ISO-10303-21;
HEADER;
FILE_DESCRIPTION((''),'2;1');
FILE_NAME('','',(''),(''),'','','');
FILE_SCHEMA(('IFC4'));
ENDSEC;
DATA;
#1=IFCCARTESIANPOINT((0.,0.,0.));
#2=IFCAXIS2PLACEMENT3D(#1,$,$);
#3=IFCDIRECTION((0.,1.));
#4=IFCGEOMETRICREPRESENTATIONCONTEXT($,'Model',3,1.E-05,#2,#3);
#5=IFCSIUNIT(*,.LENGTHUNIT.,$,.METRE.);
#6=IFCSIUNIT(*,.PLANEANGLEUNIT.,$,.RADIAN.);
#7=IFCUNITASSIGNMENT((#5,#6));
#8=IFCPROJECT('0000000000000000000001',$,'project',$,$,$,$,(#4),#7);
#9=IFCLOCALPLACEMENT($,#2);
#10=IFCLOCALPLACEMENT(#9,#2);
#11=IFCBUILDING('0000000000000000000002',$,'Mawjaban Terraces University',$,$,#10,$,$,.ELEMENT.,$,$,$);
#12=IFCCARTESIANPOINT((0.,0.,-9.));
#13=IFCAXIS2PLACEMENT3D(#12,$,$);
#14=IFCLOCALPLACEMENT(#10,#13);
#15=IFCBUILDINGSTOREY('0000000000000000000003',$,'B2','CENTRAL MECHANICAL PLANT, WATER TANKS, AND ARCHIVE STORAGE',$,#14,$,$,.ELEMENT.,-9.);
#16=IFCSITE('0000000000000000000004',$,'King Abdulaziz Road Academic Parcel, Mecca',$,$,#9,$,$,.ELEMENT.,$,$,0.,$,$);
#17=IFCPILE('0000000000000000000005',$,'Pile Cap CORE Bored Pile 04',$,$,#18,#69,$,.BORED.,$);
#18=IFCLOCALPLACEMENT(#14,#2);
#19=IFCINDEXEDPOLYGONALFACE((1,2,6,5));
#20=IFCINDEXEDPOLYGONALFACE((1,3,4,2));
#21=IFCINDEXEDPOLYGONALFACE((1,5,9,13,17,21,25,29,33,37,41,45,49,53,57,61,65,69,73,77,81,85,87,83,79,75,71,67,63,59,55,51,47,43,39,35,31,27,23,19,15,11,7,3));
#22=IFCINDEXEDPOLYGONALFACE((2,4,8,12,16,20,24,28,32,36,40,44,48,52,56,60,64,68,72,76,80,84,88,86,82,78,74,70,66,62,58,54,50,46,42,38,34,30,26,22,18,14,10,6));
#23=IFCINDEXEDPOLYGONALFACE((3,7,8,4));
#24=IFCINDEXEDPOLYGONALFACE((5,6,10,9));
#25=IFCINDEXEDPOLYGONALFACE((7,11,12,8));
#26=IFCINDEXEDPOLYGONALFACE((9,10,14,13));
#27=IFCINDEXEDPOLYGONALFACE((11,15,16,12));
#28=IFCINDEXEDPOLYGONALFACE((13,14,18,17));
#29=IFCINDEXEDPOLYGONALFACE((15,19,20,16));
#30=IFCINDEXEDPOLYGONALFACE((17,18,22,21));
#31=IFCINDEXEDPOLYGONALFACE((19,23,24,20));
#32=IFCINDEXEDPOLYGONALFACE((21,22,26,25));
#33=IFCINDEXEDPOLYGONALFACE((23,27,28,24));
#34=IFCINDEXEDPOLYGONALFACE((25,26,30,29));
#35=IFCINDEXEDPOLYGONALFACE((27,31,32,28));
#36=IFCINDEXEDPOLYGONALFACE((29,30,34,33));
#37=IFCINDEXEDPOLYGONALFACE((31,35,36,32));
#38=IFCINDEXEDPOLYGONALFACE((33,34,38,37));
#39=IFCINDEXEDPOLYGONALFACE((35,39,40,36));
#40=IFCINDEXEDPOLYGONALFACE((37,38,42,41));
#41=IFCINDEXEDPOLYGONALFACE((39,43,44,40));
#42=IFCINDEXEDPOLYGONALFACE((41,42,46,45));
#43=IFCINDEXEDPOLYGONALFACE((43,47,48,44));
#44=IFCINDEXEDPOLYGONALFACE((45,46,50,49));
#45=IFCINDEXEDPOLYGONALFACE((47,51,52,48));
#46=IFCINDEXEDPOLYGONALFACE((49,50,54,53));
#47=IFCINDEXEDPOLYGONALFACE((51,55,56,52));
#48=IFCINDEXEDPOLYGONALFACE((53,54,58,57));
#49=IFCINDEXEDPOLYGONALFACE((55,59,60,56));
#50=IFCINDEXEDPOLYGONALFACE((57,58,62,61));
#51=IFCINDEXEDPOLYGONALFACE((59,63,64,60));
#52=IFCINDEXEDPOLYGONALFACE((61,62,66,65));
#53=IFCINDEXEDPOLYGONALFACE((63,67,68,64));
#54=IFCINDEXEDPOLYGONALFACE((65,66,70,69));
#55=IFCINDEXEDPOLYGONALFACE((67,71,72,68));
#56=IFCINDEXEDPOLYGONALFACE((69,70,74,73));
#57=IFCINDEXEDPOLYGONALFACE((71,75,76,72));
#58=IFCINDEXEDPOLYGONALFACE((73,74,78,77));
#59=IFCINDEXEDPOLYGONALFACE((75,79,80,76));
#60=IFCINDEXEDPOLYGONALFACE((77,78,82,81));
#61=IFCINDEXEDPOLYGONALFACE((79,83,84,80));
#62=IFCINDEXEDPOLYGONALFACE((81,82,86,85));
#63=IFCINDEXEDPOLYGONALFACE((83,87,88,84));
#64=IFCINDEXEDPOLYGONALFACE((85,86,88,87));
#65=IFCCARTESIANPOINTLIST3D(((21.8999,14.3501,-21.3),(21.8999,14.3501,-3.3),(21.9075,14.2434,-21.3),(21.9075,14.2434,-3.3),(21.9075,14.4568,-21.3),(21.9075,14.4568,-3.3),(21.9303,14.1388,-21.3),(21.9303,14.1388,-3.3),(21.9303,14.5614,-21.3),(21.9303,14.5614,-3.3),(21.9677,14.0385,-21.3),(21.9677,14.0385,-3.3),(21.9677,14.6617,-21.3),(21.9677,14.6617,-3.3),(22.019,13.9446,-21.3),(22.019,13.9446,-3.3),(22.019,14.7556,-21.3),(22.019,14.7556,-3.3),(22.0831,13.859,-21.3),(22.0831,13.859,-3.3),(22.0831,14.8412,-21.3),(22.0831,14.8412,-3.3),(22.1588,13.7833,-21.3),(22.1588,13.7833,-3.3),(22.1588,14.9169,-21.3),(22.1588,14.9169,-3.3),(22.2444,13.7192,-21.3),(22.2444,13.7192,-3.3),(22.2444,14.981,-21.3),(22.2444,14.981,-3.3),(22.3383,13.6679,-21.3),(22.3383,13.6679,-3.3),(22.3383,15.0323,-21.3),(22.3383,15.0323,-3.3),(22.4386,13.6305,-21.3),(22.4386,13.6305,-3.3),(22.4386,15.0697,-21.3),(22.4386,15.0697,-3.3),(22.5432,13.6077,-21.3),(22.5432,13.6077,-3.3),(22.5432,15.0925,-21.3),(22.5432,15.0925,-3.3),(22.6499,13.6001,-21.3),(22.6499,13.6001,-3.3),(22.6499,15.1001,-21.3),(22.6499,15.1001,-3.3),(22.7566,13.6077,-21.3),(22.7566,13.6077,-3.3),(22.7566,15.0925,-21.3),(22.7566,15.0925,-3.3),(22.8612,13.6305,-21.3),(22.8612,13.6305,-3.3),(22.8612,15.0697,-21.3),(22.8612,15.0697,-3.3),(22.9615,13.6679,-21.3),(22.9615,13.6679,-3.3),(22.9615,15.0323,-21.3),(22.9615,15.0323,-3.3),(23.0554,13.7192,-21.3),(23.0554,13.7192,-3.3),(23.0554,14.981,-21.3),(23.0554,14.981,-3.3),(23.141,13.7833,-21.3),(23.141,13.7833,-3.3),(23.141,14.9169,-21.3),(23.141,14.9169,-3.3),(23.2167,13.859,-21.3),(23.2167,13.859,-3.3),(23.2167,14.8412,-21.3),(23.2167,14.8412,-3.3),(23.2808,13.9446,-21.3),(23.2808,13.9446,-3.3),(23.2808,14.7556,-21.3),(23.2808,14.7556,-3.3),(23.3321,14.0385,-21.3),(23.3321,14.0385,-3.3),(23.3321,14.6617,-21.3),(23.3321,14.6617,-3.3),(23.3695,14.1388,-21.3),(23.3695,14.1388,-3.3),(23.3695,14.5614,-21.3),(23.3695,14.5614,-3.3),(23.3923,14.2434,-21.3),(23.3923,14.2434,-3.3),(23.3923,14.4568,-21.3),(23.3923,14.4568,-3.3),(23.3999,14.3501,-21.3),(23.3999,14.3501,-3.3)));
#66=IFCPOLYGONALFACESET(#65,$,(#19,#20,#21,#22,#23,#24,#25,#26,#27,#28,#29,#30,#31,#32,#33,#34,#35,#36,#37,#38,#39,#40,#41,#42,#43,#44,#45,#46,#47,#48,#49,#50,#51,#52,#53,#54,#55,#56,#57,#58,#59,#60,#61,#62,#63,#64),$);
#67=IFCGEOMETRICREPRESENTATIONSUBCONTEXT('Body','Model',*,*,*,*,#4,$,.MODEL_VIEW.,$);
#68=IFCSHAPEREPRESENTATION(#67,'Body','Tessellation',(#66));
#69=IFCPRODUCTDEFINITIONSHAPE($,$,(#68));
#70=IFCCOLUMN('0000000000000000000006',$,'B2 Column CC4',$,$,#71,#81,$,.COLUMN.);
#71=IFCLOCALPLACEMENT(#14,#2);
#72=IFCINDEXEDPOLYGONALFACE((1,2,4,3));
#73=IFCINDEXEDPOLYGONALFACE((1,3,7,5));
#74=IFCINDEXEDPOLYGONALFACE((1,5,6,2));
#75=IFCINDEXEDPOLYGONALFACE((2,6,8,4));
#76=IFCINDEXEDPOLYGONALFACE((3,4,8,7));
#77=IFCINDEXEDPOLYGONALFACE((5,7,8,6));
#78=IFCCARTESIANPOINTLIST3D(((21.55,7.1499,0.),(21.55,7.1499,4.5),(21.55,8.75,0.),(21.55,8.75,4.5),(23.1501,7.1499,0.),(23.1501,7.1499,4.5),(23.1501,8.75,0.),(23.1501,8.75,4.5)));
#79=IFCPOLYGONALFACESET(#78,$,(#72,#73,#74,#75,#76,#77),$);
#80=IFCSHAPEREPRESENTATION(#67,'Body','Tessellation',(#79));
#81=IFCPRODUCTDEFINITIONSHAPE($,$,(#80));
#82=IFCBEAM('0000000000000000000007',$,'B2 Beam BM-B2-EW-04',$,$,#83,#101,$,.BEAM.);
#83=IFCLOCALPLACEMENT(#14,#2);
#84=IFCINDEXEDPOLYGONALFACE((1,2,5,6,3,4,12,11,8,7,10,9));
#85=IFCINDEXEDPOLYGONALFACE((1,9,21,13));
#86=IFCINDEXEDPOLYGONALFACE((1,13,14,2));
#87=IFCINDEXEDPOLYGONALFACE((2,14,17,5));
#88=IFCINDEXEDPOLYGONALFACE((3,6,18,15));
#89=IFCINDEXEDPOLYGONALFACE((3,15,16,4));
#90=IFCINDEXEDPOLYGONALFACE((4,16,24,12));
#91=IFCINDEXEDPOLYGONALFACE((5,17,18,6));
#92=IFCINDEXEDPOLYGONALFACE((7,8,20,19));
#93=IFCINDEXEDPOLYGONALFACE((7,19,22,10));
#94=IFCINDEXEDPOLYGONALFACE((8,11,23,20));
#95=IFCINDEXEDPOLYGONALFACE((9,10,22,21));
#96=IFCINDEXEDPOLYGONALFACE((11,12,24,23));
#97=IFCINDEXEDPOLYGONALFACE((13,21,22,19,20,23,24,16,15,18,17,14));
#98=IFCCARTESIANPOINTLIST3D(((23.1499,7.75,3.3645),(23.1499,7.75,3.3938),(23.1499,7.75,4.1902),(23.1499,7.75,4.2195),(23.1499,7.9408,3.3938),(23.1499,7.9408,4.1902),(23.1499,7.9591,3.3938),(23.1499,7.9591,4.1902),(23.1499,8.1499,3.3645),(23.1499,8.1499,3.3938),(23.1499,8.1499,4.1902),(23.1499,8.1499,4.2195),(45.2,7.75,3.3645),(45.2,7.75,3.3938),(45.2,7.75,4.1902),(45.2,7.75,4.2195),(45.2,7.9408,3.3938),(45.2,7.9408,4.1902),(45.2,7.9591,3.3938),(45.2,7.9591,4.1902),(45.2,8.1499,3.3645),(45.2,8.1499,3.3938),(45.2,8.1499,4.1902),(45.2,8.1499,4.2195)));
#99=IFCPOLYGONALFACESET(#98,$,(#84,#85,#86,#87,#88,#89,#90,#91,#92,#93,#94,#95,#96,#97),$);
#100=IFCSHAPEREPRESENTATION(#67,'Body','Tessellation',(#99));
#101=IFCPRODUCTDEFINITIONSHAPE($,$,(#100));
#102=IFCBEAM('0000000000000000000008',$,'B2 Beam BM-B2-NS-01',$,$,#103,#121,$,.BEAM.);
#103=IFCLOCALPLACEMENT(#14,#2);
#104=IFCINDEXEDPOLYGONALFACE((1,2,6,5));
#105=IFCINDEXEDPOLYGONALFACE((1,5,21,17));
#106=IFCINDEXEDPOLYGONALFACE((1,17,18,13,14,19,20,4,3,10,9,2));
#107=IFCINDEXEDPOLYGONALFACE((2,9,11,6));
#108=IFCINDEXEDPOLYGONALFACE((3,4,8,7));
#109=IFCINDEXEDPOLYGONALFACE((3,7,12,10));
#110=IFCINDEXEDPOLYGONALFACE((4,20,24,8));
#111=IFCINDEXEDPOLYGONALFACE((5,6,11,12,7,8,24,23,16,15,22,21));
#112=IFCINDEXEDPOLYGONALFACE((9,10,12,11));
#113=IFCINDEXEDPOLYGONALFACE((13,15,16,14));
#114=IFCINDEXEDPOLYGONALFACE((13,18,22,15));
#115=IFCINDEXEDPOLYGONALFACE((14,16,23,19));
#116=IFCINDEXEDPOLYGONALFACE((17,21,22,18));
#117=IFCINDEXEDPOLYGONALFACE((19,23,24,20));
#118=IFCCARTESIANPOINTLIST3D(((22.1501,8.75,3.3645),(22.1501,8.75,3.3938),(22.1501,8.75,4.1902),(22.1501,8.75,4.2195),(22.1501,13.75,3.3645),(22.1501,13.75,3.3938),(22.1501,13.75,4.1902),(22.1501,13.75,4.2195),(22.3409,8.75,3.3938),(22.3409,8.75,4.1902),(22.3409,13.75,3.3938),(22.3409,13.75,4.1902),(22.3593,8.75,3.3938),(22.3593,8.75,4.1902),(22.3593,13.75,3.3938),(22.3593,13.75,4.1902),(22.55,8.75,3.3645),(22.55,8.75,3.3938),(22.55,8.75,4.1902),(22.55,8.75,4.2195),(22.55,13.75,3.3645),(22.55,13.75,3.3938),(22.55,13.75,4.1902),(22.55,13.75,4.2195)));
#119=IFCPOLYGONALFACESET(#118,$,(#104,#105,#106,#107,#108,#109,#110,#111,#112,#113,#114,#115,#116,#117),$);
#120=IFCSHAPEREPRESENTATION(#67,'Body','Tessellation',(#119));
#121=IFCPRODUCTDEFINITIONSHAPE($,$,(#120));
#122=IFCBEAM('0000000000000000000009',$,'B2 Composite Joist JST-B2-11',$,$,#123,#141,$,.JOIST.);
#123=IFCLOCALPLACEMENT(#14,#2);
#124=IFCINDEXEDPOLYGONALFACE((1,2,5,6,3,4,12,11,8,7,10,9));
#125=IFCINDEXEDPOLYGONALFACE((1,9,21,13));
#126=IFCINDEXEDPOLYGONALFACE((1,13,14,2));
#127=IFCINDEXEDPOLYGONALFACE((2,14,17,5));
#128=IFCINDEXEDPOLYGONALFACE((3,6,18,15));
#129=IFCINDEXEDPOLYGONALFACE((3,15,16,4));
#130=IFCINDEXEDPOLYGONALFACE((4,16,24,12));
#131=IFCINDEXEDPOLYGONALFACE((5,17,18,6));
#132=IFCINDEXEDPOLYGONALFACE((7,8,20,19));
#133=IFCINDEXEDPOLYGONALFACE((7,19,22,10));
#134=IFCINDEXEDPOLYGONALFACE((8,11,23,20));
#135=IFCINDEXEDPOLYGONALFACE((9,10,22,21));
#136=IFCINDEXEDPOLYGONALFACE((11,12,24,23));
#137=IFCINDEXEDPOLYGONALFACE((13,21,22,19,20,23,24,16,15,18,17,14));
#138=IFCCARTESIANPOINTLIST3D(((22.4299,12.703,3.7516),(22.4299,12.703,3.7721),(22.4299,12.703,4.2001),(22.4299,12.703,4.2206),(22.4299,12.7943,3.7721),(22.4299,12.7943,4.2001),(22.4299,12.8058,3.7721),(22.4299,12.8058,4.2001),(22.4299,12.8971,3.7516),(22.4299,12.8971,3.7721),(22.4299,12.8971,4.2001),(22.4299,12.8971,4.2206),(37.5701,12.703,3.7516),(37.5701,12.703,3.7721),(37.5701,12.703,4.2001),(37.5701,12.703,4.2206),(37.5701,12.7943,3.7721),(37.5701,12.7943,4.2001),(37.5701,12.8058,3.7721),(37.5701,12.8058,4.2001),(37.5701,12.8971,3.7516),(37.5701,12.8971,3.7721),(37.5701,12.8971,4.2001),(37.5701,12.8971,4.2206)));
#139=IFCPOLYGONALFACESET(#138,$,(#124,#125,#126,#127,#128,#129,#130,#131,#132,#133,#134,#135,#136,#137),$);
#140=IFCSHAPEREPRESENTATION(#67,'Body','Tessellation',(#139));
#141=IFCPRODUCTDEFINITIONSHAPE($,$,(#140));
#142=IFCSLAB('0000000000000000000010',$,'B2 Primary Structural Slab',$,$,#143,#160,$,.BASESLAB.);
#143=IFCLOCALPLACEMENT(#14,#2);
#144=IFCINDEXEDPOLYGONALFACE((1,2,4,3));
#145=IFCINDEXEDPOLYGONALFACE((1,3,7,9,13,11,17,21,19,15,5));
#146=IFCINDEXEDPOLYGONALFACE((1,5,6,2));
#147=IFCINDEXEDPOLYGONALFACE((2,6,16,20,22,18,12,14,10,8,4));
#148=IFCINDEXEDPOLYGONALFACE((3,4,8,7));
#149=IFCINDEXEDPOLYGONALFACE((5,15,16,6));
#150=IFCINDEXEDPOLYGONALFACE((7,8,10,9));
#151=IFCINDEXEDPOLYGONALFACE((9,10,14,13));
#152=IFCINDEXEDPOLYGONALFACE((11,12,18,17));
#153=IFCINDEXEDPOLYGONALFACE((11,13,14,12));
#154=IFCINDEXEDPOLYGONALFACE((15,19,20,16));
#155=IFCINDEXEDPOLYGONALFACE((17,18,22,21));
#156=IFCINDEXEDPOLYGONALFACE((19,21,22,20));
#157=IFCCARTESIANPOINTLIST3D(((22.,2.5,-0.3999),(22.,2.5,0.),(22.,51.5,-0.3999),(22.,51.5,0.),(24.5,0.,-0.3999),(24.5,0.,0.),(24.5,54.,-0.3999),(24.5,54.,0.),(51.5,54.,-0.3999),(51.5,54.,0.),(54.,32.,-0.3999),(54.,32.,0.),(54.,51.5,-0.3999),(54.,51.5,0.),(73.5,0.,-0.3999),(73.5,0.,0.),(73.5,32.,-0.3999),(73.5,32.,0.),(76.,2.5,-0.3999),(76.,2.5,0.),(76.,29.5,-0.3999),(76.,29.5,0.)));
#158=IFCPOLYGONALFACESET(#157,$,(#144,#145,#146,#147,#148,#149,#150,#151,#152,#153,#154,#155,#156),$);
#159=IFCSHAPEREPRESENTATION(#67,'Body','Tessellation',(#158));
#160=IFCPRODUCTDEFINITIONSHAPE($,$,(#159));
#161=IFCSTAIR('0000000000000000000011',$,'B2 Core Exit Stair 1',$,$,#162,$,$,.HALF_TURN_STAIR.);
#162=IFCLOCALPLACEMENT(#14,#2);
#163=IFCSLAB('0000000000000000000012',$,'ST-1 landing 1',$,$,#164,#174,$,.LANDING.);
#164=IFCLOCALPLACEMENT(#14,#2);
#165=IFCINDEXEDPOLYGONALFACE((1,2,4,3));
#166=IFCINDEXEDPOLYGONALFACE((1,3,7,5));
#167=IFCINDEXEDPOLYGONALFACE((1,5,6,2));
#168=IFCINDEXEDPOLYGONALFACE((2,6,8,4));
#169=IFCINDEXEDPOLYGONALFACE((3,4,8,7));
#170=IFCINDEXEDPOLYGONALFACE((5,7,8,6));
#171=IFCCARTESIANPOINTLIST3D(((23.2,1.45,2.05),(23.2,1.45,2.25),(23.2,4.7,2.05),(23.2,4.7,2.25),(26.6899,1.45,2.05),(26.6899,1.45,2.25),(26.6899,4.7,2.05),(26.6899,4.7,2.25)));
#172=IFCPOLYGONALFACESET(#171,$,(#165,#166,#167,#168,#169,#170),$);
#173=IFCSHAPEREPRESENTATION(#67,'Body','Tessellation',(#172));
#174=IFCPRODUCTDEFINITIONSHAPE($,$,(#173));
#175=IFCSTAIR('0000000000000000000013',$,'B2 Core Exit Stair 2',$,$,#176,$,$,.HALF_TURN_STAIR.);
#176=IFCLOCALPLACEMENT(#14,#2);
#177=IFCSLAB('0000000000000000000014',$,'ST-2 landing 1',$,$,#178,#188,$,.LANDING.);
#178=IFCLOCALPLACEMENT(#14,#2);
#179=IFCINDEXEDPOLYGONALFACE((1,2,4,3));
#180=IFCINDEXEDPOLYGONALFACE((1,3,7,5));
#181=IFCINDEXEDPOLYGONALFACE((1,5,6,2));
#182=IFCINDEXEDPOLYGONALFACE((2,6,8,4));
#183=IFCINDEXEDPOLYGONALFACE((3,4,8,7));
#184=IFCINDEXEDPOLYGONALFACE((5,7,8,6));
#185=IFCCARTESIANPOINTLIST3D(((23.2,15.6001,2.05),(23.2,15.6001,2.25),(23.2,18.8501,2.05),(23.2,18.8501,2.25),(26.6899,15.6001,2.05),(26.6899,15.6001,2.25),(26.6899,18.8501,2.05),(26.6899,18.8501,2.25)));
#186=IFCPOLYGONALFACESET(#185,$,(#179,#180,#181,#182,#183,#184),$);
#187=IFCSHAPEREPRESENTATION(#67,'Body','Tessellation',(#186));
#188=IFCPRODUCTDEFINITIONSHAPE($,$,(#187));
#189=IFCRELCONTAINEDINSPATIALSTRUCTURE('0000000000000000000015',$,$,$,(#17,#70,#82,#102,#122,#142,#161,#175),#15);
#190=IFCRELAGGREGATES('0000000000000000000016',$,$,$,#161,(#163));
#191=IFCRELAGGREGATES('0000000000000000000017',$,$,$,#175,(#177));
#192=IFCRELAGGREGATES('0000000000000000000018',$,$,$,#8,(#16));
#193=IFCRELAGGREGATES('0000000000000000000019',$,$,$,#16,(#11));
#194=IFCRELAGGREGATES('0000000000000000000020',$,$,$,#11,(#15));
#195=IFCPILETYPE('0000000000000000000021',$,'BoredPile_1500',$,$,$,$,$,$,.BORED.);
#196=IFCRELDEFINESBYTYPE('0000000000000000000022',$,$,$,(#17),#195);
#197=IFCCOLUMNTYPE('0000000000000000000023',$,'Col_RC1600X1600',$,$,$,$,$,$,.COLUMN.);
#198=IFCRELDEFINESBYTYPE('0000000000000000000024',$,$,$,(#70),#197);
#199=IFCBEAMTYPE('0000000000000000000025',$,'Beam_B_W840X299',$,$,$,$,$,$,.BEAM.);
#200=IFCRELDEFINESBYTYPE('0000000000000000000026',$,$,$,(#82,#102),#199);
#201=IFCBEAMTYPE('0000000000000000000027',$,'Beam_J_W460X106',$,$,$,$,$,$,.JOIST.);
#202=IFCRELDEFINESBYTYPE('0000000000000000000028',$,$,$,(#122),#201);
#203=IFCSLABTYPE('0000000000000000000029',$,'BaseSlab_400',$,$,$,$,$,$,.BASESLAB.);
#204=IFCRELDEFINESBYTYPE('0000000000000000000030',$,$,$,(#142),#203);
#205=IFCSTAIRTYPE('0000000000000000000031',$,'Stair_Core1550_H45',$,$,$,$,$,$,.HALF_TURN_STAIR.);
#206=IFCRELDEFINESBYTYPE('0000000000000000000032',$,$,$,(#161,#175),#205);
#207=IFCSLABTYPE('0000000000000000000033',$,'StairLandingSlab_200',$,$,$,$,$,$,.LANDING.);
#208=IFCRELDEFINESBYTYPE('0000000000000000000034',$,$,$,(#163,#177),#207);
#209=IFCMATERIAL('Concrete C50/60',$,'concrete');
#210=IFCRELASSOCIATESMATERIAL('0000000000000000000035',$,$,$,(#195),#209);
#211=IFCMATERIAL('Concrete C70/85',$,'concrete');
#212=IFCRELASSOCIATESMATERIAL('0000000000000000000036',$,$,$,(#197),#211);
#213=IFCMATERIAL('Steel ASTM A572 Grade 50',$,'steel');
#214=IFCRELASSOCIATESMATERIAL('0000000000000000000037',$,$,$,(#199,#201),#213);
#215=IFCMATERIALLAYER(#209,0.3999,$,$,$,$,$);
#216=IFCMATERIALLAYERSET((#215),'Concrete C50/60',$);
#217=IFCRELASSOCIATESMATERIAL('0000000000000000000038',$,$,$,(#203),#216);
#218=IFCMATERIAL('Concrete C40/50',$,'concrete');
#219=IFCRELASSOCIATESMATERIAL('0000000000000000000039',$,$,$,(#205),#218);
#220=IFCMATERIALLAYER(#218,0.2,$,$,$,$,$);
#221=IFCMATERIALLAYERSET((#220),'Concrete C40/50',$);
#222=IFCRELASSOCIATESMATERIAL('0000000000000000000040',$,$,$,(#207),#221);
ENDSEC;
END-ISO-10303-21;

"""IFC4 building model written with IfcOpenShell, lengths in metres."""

from ifc_helpers import new_model, si_unit, direction, frame, origin, origin_2d, place, context, subcontext, project, spatial, polyline, rectangle, circle, i_section, outline, extrude, material, layer, layer_set, material_profile, profile_set, type_object, element, aggregate, save


model = new_model("IFC4")

# Units and contexts
model_context = context("Model", 3, precision=1e-05, world=origin(), true_north=direction((0.0, 1.0)))
body_context = subcontext(model_context, "Body", "Model", "MODEL_VIEW")
ifc_project = project(units=[si_unit("LENGTHUNIT", "METRE"), si_unit("PLANEANGLEUNIT", "RADIAN")], contexts=[model_context])

# Site, building, storey
site_placement = place(None, origin())
site = spatial("IfcSite", under=ifc_project, at=site_placement, Name="King Abdulaziz Road Academic Parcel, Mecca", CompositionType="ELEMENT", RefElevation=0.0)
building_placement = place(site_placement, origin())
building = spatial("IfcBuilding", under=site, at=building_placement, Name="Mawjaban Terraces University", CompositionType="ELEMENT")
storey_placement = place(building_placement, frame((0.0, 0.0, -9.0)))
storey = spatial("IfcBuildingStorey", under=building, at=storey_placement, Name="B2", Description="CENTRAL MECHANICAL PLANT, WATER TANKS, AND ARCHIVE STORAGE", CompositionType="ELEMENT", Elevation=-9.0)

# Pile
ifc_material_1 = material(Name="Concrete C50/60", Category="concrete")
ifc_material_profile_1 = material_profile(ifc_material_1, circle(Radius=0.75, at=origin_2d()), Name="PILE1500")
ifc_profile_set_1 = profile_set([ifc_material_profile_1], Name="Concrete C50/60")
pile_type = type_object("IfcPileType", Name="BoredPile_1500", PredefinedType="BORED", material=ifc_profile_set_1)
for number, where, z_axis, x_axis, name in (
    (1, (22.6499, 14.3501, -3.3), (0.0, 0.0, -1.0), (1.0, 0.0, 0.0), "Pile Cap CORE Bored Pile 04"),
):
    element("IfcPile", number, at=place(storey_placement, frame(where, z_axis=z_axis, x_axis=x_axis)), inside=storey, type_object=pile_type, Name=name, PredefinedType="BORED", context=body_context, shape_type="SweptSolid", body=[
        extrude(circle(Radius=0.75, at=origin_2d()), origin(), (0.0, 0.0, 1.0), 18.0),
    ])

# Column
ifc_material_2 = material(Name="Concrete C70/85", Category="concrete")
ifc_material_profile_2 = material_profile(ifc_material_2, rectangle(XDim=1.6001, YDim=1.6001, at=origin_2d()), Name="RC1600X1600")
ifc_profile_set_2 = profile_set([ifc_material_profile_2], Name="Concrete C70/85")
column_type = type_object("IfcColumnType", Name="Col_RC1600X1600", PredefinedType="COLUMN", material=ifc_profile_set_2)
column_placement = place(storey_placement, frame((22.3501, 7.95, 0.0), z_axis=(0.0, 0.0, 1.0), x_axis=(1.0, 0.0, 0.0)))
element("IfcColumn", 2, at=column_placement, inside=storey, type_object=column_type, Name="B2 Column CC4", PredefinedType="COLUMN", context=body_context, shape_type="SweptSolid", body=[
    extrude(rectangle(XDim=1.6001, YDim=1.6001, at=origin_2d()), origin(), (0.0, 0.0, 1.0), 4.5),
])

# Beams
ifc_material_3 = material(Name="Steel ASTM A572 Grade 50", Category="steel")
ifc_material_profile_3 = material_profile(ifc_material_3, i_section(OverallWidth=0.3999, OverallDepth=0.855, WebThickness=0.0183, FlangeThickness=0.0293, at=origin_2d()), Name="W840X299")
ifc_profile_set_3 = profile_set([ifc_material_profile_3], Name="Steel ASTM A572 Grade 50")
beam_type_1 = type_object("IfcBeamType", Name="Beam_B_W840X299", PredefinedType="BEAM", material=ifc_profile_set_3)
beam_1_placement = place(storey_placement, frame((23.1499, 7.95, 3.792), z_axis=(1.0, 0.0, 0.0), x_axis=(0.0, 1.0, 0.0)))
element("IfcBeam", 3, at=beam_1_placement, inside=storey, type_object=beam_type_1, Name="B2 Beam BM-B2-EW-04", PredefinedType="BEAM", context=body_context, shape_type="SweptSolid", body=[
    extrude(i_section(OverallWidth=0.3999, OverallDepth=0.855, WebThickness=0.0183, FlangeThickness=0.0293, at=origin_2d()), origin(), (0.0, 0.0, 1.0), 22.05),
])
beam_2_placement = place(storey_placement, frame((22.3501, 8.75, 3.792), z_axis=(0.0, 1.0, 0.0), x_axis=(-1.0, 0.0, 0.0)))
element("IfcBeam", 4, at=beam_2_placement, inside=storey, type_object=beam_type_1, Name="B2 Beam BM-B2-NS-01", PredefinedType="BEAM", context=body_context, shape_type="SweptSolid", body=[
    extrude(i_section(OverallWidth=0.3999, OverallDepth=0.855, WebThickness=0.0183, FlangeThickness=0.0293, at=origin_2d()), origin(), (0.0, 0.0, 1.0), 5.0),
])
ifc_material_profile_4 = material_profile(ifc_material_3, i_section(OverallWidth=0.1941, OverallDepth=0.469, WebThickness=0.0115, FlangeThickness=0.0205, at=origin_2d()), Name="W460X106")
ifc_profile_set_4 = profile_set([ifc_material_profile_4], Name="Steel ASTM A572 Grade 50")
beam_type_2 = type_object("IfcBeamType", Name="Beam_J_W460X106", PredefinedType="JOIST", material=ifc_profile_set_4)
beam_3_placement = place(storey_placement, frame((22.4299, 12.8, 3.9861), z_axis=(1.0, 0.0, 0.0), x_axis=(0.0, 1.0, 0.0)))
element("IfcBeam", 5, at=beam_3_placement, inside=storey, type_object=beam_type_2, Name="B2 Composite Joist JST-B2-11", PredefinedType="JOIST", context=body_context, shape_type="SweptSolid", body=[
    extrude(i_section(OverallWidth=0.1941, OverallDepth=0.469, WebThickness=0.0115, FlangeThickness=0.0205, at=origin_2d()), origin(), (0.0, 0.0, 1.0), 15.1401),
])

# Slab
ifc_layer_1 = layer(ifc_material_1, 0.3999)
ifc_layer_set_1 = layer_set([ifc_layer_1], Name="Concrete C50/60")
slab_type_1 = type_object("IfcSlabType", Name="BaseSlab_400", PredefinedType="BASESLAB", material=ifc_layer_set_1)
slab_1_placement = place(storey_placement, frame((0.0, 0.0, -0.3999)))
element("IfcSlab", 6, at=slab_1_placement, inside=storey, type_object=slab_type_1, Name="B2 Primary Structural Slab", PredefinedType="BASESLAB", context=body_context, shape_type="SweptSolid", body=[
    extrude(outline(polyline([(24.5, 0.0), (73.5, 0.0), (76.0, 2.5), (76.0, 29.5), (73.5, 32.0), (54.0, 32.0), (54.0, 51.5), (51.5, 54.0), (24.5, 54.0), (22.0, 51.5), (22.0, 2.5), (24.5, 0.0)])), origin(), (0.0, 0.0, 1.0), 0.3999),
])

# Stairs, slabs
ifc_material_4 = material(Name="Concrete C40/50", Category="concrete")
stair_type_1 = type_object("IfcStairType", Name="Stair_Core1550_H45", PredefinedType="HALF_TURN_STAIR", material=ifc_material_4)
stair_1_placement = place(storey_placement, origin())
stair_1 = element("IfcStair", 7, at=stair_1_placement, inside=storey, type_object=stair_type_1, Name="B2 Core Exit Stair 1", PredefinedType="HALF_TURN_STAIR")
ifc_layer_2 = layer(ifc_material_4, 0.2)
ifc_layer_set_2 = layer_set([ifc_layer_2], Name="Concrete C40/50")
slab_type_2 = type_object("IfcSlabType", Name="StairLandingSlab_200", PredefinedType="LANDING", material=ifc_layer_set_2)
slab_2_placement = place(storey_placement, frame((0.0, 0.0, 2.05)))
slab_2 = element("IfcSlab", 8, at=slab_2_placement, type_object=slab_type_2, Name="ST-1 landing 1", PredefinedType="LANDING", context=body_context, shape_type="SweptSolid", body=[
    extrude(outline(polyline([(26.6899, 4.7), (23.2, 4.7), (23.2, 1.45), (26.6899, 1.45), (26.6899, 4.7)])), origin(), (0.0, 0.0, 1.0), 0.2),
])
aggregate(stair_1, [slab_2])
stair_2_placement = place(storey_placement, origin())
stair_2 = element("IfcStair", 9, at=stair_2_placement, inside=storey, type_object=stair_type_1, Name="B2 Core Exit Stair 2", PredefinedType="HALF_TURN_STAIR")
slab_3_placement = place(storey_placement, frame((0.0, 0.0, 2.05)))
slab_3 = element("IfcSlab", 10, at=slab_3_placement, type_object=slab_type_2, Name="ST-2 landing 1", PredefinedType="LANDING", context=body_context, shape_type="SweptSolid", body=[
    extrude(outline(polyline([(26.6899, 18.8501), (23.2, 18.8501), (23.2, 15.6001), (26.6899, 15.6001), (26.6899, 18.8501)])), origin(), (0.0, 0.0, 1.0), 0.2),
])
aggregate(stair_2, [slab_3])

save(model, "model.ifc")
